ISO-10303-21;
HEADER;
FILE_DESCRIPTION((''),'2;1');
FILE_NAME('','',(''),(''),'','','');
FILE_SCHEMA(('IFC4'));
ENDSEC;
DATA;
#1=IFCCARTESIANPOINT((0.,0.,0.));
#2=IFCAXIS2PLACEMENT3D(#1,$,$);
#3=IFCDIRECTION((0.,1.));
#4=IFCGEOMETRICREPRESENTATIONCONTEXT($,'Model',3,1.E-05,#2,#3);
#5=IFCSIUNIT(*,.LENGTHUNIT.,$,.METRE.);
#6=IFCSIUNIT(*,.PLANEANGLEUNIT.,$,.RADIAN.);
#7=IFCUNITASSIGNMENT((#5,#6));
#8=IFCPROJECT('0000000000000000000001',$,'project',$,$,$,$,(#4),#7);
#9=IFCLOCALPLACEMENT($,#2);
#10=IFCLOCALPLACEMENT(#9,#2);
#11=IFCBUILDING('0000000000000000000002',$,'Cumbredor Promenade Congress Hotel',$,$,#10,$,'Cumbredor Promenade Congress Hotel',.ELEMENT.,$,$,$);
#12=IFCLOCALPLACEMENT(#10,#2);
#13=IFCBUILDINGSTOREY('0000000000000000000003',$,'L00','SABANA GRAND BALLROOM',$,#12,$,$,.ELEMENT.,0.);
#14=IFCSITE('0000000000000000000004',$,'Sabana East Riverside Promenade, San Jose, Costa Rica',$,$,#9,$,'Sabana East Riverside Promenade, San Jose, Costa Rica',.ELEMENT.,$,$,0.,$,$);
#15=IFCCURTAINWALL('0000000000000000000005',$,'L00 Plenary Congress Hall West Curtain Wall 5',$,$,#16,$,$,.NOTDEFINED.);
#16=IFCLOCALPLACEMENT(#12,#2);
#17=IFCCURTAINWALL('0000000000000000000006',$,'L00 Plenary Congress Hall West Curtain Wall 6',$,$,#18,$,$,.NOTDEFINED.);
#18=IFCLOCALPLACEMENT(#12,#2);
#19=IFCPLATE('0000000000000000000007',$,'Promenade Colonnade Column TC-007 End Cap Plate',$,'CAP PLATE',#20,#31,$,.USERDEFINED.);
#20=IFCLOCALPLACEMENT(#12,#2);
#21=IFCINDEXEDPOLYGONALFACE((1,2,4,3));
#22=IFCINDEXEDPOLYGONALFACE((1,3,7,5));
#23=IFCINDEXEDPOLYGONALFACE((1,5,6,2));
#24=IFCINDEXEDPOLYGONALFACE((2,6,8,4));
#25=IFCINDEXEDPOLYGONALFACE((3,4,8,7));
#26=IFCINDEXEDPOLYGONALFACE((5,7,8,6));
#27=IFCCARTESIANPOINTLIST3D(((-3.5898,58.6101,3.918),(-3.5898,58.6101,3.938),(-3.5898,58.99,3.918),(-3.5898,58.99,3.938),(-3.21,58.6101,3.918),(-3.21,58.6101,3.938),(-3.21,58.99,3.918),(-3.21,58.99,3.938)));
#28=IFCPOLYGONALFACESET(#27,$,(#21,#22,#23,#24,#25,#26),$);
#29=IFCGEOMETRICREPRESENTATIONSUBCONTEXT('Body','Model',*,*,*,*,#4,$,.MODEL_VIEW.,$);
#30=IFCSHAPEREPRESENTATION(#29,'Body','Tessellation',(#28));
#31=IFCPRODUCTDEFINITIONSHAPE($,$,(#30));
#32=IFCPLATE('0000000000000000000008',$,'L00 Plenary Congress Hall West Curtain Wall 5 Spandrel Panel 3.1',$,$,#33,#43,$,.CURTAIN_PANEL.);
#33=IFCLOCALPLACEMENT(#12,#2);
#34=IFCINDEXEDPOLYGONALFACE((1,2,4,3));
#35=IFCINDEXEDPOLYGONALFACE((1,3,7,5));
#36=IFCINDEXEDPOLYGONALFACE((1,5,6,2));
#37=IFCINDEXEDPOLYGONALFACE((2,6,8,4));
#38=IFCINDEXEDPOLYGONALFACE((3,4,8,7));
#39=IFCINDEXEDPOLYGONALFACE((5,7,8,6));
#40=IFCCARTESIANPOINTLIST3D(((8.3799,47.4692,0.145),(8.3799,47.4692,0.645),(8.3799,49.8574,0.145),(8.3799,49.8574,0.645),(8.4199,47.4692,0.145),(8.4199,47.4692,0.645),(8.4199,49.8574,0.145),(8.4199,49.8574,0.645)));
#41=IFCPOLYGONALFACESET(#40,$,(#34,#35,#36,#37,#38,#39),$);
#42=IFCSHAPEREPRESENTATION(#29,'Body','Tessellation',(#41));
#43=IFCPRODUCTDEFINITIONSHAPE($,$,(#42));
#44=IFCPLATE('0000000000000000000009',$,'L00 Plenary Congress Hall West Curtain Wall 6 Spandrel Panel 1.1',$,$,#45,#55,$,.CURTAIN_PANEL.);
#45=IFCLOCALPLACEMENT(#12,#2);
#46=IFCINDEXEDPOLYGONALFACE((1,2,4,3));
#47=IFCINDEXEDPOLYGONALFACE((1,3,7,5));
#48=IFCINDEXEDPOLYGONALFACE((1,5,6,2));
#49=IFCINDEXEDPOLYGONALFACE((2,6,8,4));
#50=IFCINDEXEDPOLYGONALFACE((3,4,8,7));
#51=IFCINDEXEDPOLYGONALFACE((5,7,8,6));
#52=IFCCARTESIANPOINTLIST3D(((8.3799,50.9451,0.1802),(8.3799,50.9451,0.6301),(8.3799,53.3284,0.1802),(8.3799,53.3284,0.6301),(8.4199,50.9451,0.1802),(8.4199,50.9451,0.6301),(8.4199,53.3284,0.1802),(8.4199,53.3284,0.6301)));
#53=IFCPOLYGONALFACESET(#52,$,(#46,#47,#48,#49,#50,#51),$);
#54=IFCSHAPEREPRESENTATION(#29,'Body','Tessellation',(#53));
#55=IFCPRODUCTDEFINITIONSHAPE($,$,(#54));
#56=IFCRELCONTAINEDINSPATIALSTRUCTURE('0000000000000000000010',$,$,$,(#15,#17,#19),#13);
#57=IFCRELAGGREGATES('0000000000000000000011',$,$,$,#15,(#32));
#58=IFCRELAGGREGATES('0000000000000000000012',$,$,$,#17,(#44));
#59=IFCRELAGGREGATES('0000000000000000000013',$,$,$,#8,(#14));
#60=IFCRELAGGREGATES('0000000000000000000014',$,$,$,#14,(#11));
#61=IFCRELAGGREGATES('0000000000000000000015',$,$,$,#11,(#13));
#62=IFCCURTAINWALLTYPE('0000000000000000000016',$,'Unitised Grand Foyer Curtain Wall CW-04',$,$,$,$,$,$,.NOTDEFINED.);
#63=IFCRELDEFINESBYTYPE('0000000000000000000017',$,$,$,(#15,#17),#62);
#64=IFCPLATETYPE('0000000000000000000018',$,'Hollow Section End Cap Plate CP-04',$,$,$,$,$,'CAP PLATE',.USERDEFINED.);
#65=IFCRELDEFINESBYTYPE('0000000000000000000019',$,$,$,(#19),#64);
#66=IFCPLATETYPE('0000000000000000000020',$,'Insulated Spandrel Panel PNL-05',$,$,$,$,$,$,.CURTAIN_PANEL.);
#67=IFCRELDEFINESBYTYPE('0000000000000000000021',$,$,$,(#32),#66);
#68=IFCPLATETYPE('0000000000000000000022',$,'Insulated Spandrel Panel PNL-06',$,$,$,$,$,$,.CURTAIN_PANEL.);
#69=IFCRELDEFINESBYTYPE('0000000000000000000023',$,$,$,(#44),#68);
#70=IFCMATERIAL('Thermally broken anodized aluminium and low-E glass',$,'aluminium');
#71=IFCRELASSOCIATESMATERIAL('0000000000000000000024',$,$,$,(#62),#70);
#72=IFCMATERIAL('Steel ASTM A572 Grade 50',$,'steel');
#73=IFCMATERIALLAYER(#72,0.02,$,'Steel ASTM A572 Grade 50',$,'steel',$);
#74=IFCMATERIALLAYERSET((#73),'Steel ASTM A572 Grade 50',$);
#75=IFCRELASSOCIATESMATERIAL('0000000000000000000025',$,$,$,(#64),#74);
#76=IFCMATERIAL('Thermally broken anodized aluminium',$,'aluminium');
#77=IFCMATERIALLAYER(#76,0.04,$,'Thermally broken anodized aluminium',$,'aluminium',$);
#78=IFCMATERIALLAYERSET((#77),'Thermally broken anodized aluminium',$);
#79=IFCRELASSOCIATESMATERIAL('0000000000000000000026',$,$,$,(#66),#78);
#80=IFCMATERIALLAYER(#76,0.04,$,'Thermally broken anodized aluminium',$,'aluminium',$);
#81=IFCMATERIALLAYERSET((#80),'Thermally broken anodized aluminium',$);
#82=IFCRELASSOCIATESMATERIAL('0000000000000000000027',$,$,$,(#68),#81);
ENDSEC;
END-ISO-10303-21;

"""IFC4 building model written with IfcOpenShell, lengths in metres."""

from ifc_helpers import new_model, si_unit, direction, frame, origin, origin_2d, place, context, subcontext, project, spatial, rectangle, extrude, material, layer, layer_set, type_object, element, aggregate, save


model = new_model("IFC4")

# Units and contexts
model_context = context("Model", 3, precision=1e-05, world=origin(), true_north=direction((0.0, 1.0)))
body_context = subcontext(model_context, "Body", "Model", "MODEL_VIEW")
ifc_project = project(units=[si_unit("LENGTHUNIT", "METRE"), si_unit("PLANEANGLEUNIT", "RADIAN")], contexts=[model_context])

# Site, building, storey
site_placement = place(None, origin())
site = spatial("IfcSite", under=ifc_project, at=site_placement, Name="Sabana East Riverside Promenade, San Jose, Costa Rica", LongName="Sabana East Riverside Promenade, San Jose, Costa Rica", CompositionType="ELEMENT", RefElevation=0.0)
building_placement = place(site_placement, origin())
building = spatial("IfcBuilding", under=site, at=building_placement, Name="Cumbredor Promenade Congress Hotel", LongName="Cumbredor Promenade Congress Hotel", CompositionType="ELEMENT")
storey_placement = place(building_placement, origin())
storey = spatial("IfcBuildingStorey", under=building, at=storey_placement, Name="L00", Description="SABANA GRAND BALLROOM", CompositionType="ELEMENT", Elevation=0.0)

# Curtain wall
ifc_material_1 = material(Name="Thermally broken anodized aluminium and low-E glass", Category="aluminium")
curtain_wall_type = type_object("IfcCurtainWallType", Name="Unitised Grand Foyer Curtain Wall CW-04", PredefinedType="NOTDEFINED", material=ifc_material_1)
curtain_wall_1_placement = place(storey_placement, origin())
curtain_wall_1 = element("IfcCurtainWall", 1, at=curtain_wall_1_placement, inside=storey, type_object=curtain_wall_type, Name="L00 Plenary Congress Hall West Curtain Wall 5", PredefinedType="NOTDEFINED")
ifc_material_2 = material(Name="Thermally broken anodized aluminium", Category="aluminium")

# Curtain wall
curtain_wall_2_placement = place(storey_placement, origin())
curtain_wall_2 = element("IfcCurtainWall", 2, at=curtain_wall_2_placement, inside=storey, type_object=curtain_wall_type, Name="L00 Plenary Congress Hall West Curtain Wall 6", PredefinedType="NOTDEFINED")

# Plate
ifc_material_3 = material(Name="Steel ASTM A572 Grade 50", Category="steel")
ifc_layer_1 = layer(ifc_material_3, 0.02, Name="Steel ASTM A572 Grade 50", Category="steel")
ifc_layer_set_1 = layer_set([ifc_layer_1], Name="Steel ASTM A572 Grade 50")
plate_type_1 = type_object("IfcPlateType", Name="Hollow Section End Cap Plate CP-04", ElementType="CAP PLATE", PredefinedType="USERDEFINED", material=ifc_layer_set_1)
for number, where, z_axis, x_axis, name in (
    (3, (-3.3999, 58.8, 3.918), (0.0, 0.0, 1.0), (1.0, 0.0, 0.0), "Promenade Colonnade Column TC-007 End Cap Plate"),
):
    element("IfcPlate", number, at=place(storey_placement, frame(where, z_axis=z_axis, x_axis=x_axis)), inside=storey, type_object=plate_type_1, Name=name, ObjectType="CAP PLATE", PredefinedType="USERDEFINED", context=body_context, shape_type="SweptSolid", body=[
        extrude(rectangle(XDim=0.3799, YDim=0.3799, at=origin_2d()), origin(), (0.0, 0.0, 1.0), 0.02),
    ])

# Plates
ifc_layer_2 = layer(ifc_material_2, 0.04, Name="Thermally broken anodized aluminium", Category="aluminium")
ifc_layer_set_2 = layer_set([ifc_layer_2], Name="Thermally broken anodized aluminium")
plate_type_2 = type_object("IfcPlateType", Name="Insulated Spandrel Panel PNL-05", PredefinedType="CURTAIN_PANEL", material=ifc_layer_set_2)
plate_1_placement = place(storey_placement, frame((8.3999, 48.6633, 0.145), z_axis=(0.0, 0.0, 1.0), x_axis=(0.0, 1.0, 0.0)))
plate_1 = element("IfcPlate", 4, at=plate_1_placement, type_object=plate_type_2, Name="L00 Plenary Congress Hall West Curtain Wall 5 Spandrel Panel 3.1", PredefinedType="CURTAIN_PANEL", context=body_context, shape_type="SweptSolid", body=[
    extrude(rectangle(XDim=2.3882, YDim=0.04, at=origin_2d()), origin(), (0.0, 0.0, 1.0), 0.5),
])
aggregate(curtain_wall_1, [plate_1])
ifc_layer_3 = layer(ifc_material_2, 0.04, Name="Thermally broken anodized aluminium", Category="aluminium")
ifc_layer_set_3 = layer_set([ifc_layer_3], Name="Thermally broken anodized aluminium")
plate_type_3 = type_object("IfcPlateType", Name="Insulated Spandrel Panel PNL-06", PredefinedType="CURTAIN_PANEL", material=ifc_layer_set_3)
plate_2_placement = place(storey_placement, frame((8.3999, 52.1367, 0.1802), z_axis=(0.0, 0.0, 1.0), x_axis=(0.0, 1.0, 0.0)))
plate_2 = element("IfcPlate", 5, at=plate_2_placement, type_object=plate_type_3, Name="L00 Plenary Congress Hall West Curtain Wall 6 Spandrel Panel 1.1", PredefinedType="CURTAIN_PANEL", context=body_context, shape_type="SweptSolid", body=[
    extrude(rectangle(XDim=2.3833, YDim=0.04, at=origin_2d()), origin(), (0.0, 0.0, 1.0), 0.45),
])
aggregate(curtain_wall_2, [plate_2])

save(model, "model.ifc")
